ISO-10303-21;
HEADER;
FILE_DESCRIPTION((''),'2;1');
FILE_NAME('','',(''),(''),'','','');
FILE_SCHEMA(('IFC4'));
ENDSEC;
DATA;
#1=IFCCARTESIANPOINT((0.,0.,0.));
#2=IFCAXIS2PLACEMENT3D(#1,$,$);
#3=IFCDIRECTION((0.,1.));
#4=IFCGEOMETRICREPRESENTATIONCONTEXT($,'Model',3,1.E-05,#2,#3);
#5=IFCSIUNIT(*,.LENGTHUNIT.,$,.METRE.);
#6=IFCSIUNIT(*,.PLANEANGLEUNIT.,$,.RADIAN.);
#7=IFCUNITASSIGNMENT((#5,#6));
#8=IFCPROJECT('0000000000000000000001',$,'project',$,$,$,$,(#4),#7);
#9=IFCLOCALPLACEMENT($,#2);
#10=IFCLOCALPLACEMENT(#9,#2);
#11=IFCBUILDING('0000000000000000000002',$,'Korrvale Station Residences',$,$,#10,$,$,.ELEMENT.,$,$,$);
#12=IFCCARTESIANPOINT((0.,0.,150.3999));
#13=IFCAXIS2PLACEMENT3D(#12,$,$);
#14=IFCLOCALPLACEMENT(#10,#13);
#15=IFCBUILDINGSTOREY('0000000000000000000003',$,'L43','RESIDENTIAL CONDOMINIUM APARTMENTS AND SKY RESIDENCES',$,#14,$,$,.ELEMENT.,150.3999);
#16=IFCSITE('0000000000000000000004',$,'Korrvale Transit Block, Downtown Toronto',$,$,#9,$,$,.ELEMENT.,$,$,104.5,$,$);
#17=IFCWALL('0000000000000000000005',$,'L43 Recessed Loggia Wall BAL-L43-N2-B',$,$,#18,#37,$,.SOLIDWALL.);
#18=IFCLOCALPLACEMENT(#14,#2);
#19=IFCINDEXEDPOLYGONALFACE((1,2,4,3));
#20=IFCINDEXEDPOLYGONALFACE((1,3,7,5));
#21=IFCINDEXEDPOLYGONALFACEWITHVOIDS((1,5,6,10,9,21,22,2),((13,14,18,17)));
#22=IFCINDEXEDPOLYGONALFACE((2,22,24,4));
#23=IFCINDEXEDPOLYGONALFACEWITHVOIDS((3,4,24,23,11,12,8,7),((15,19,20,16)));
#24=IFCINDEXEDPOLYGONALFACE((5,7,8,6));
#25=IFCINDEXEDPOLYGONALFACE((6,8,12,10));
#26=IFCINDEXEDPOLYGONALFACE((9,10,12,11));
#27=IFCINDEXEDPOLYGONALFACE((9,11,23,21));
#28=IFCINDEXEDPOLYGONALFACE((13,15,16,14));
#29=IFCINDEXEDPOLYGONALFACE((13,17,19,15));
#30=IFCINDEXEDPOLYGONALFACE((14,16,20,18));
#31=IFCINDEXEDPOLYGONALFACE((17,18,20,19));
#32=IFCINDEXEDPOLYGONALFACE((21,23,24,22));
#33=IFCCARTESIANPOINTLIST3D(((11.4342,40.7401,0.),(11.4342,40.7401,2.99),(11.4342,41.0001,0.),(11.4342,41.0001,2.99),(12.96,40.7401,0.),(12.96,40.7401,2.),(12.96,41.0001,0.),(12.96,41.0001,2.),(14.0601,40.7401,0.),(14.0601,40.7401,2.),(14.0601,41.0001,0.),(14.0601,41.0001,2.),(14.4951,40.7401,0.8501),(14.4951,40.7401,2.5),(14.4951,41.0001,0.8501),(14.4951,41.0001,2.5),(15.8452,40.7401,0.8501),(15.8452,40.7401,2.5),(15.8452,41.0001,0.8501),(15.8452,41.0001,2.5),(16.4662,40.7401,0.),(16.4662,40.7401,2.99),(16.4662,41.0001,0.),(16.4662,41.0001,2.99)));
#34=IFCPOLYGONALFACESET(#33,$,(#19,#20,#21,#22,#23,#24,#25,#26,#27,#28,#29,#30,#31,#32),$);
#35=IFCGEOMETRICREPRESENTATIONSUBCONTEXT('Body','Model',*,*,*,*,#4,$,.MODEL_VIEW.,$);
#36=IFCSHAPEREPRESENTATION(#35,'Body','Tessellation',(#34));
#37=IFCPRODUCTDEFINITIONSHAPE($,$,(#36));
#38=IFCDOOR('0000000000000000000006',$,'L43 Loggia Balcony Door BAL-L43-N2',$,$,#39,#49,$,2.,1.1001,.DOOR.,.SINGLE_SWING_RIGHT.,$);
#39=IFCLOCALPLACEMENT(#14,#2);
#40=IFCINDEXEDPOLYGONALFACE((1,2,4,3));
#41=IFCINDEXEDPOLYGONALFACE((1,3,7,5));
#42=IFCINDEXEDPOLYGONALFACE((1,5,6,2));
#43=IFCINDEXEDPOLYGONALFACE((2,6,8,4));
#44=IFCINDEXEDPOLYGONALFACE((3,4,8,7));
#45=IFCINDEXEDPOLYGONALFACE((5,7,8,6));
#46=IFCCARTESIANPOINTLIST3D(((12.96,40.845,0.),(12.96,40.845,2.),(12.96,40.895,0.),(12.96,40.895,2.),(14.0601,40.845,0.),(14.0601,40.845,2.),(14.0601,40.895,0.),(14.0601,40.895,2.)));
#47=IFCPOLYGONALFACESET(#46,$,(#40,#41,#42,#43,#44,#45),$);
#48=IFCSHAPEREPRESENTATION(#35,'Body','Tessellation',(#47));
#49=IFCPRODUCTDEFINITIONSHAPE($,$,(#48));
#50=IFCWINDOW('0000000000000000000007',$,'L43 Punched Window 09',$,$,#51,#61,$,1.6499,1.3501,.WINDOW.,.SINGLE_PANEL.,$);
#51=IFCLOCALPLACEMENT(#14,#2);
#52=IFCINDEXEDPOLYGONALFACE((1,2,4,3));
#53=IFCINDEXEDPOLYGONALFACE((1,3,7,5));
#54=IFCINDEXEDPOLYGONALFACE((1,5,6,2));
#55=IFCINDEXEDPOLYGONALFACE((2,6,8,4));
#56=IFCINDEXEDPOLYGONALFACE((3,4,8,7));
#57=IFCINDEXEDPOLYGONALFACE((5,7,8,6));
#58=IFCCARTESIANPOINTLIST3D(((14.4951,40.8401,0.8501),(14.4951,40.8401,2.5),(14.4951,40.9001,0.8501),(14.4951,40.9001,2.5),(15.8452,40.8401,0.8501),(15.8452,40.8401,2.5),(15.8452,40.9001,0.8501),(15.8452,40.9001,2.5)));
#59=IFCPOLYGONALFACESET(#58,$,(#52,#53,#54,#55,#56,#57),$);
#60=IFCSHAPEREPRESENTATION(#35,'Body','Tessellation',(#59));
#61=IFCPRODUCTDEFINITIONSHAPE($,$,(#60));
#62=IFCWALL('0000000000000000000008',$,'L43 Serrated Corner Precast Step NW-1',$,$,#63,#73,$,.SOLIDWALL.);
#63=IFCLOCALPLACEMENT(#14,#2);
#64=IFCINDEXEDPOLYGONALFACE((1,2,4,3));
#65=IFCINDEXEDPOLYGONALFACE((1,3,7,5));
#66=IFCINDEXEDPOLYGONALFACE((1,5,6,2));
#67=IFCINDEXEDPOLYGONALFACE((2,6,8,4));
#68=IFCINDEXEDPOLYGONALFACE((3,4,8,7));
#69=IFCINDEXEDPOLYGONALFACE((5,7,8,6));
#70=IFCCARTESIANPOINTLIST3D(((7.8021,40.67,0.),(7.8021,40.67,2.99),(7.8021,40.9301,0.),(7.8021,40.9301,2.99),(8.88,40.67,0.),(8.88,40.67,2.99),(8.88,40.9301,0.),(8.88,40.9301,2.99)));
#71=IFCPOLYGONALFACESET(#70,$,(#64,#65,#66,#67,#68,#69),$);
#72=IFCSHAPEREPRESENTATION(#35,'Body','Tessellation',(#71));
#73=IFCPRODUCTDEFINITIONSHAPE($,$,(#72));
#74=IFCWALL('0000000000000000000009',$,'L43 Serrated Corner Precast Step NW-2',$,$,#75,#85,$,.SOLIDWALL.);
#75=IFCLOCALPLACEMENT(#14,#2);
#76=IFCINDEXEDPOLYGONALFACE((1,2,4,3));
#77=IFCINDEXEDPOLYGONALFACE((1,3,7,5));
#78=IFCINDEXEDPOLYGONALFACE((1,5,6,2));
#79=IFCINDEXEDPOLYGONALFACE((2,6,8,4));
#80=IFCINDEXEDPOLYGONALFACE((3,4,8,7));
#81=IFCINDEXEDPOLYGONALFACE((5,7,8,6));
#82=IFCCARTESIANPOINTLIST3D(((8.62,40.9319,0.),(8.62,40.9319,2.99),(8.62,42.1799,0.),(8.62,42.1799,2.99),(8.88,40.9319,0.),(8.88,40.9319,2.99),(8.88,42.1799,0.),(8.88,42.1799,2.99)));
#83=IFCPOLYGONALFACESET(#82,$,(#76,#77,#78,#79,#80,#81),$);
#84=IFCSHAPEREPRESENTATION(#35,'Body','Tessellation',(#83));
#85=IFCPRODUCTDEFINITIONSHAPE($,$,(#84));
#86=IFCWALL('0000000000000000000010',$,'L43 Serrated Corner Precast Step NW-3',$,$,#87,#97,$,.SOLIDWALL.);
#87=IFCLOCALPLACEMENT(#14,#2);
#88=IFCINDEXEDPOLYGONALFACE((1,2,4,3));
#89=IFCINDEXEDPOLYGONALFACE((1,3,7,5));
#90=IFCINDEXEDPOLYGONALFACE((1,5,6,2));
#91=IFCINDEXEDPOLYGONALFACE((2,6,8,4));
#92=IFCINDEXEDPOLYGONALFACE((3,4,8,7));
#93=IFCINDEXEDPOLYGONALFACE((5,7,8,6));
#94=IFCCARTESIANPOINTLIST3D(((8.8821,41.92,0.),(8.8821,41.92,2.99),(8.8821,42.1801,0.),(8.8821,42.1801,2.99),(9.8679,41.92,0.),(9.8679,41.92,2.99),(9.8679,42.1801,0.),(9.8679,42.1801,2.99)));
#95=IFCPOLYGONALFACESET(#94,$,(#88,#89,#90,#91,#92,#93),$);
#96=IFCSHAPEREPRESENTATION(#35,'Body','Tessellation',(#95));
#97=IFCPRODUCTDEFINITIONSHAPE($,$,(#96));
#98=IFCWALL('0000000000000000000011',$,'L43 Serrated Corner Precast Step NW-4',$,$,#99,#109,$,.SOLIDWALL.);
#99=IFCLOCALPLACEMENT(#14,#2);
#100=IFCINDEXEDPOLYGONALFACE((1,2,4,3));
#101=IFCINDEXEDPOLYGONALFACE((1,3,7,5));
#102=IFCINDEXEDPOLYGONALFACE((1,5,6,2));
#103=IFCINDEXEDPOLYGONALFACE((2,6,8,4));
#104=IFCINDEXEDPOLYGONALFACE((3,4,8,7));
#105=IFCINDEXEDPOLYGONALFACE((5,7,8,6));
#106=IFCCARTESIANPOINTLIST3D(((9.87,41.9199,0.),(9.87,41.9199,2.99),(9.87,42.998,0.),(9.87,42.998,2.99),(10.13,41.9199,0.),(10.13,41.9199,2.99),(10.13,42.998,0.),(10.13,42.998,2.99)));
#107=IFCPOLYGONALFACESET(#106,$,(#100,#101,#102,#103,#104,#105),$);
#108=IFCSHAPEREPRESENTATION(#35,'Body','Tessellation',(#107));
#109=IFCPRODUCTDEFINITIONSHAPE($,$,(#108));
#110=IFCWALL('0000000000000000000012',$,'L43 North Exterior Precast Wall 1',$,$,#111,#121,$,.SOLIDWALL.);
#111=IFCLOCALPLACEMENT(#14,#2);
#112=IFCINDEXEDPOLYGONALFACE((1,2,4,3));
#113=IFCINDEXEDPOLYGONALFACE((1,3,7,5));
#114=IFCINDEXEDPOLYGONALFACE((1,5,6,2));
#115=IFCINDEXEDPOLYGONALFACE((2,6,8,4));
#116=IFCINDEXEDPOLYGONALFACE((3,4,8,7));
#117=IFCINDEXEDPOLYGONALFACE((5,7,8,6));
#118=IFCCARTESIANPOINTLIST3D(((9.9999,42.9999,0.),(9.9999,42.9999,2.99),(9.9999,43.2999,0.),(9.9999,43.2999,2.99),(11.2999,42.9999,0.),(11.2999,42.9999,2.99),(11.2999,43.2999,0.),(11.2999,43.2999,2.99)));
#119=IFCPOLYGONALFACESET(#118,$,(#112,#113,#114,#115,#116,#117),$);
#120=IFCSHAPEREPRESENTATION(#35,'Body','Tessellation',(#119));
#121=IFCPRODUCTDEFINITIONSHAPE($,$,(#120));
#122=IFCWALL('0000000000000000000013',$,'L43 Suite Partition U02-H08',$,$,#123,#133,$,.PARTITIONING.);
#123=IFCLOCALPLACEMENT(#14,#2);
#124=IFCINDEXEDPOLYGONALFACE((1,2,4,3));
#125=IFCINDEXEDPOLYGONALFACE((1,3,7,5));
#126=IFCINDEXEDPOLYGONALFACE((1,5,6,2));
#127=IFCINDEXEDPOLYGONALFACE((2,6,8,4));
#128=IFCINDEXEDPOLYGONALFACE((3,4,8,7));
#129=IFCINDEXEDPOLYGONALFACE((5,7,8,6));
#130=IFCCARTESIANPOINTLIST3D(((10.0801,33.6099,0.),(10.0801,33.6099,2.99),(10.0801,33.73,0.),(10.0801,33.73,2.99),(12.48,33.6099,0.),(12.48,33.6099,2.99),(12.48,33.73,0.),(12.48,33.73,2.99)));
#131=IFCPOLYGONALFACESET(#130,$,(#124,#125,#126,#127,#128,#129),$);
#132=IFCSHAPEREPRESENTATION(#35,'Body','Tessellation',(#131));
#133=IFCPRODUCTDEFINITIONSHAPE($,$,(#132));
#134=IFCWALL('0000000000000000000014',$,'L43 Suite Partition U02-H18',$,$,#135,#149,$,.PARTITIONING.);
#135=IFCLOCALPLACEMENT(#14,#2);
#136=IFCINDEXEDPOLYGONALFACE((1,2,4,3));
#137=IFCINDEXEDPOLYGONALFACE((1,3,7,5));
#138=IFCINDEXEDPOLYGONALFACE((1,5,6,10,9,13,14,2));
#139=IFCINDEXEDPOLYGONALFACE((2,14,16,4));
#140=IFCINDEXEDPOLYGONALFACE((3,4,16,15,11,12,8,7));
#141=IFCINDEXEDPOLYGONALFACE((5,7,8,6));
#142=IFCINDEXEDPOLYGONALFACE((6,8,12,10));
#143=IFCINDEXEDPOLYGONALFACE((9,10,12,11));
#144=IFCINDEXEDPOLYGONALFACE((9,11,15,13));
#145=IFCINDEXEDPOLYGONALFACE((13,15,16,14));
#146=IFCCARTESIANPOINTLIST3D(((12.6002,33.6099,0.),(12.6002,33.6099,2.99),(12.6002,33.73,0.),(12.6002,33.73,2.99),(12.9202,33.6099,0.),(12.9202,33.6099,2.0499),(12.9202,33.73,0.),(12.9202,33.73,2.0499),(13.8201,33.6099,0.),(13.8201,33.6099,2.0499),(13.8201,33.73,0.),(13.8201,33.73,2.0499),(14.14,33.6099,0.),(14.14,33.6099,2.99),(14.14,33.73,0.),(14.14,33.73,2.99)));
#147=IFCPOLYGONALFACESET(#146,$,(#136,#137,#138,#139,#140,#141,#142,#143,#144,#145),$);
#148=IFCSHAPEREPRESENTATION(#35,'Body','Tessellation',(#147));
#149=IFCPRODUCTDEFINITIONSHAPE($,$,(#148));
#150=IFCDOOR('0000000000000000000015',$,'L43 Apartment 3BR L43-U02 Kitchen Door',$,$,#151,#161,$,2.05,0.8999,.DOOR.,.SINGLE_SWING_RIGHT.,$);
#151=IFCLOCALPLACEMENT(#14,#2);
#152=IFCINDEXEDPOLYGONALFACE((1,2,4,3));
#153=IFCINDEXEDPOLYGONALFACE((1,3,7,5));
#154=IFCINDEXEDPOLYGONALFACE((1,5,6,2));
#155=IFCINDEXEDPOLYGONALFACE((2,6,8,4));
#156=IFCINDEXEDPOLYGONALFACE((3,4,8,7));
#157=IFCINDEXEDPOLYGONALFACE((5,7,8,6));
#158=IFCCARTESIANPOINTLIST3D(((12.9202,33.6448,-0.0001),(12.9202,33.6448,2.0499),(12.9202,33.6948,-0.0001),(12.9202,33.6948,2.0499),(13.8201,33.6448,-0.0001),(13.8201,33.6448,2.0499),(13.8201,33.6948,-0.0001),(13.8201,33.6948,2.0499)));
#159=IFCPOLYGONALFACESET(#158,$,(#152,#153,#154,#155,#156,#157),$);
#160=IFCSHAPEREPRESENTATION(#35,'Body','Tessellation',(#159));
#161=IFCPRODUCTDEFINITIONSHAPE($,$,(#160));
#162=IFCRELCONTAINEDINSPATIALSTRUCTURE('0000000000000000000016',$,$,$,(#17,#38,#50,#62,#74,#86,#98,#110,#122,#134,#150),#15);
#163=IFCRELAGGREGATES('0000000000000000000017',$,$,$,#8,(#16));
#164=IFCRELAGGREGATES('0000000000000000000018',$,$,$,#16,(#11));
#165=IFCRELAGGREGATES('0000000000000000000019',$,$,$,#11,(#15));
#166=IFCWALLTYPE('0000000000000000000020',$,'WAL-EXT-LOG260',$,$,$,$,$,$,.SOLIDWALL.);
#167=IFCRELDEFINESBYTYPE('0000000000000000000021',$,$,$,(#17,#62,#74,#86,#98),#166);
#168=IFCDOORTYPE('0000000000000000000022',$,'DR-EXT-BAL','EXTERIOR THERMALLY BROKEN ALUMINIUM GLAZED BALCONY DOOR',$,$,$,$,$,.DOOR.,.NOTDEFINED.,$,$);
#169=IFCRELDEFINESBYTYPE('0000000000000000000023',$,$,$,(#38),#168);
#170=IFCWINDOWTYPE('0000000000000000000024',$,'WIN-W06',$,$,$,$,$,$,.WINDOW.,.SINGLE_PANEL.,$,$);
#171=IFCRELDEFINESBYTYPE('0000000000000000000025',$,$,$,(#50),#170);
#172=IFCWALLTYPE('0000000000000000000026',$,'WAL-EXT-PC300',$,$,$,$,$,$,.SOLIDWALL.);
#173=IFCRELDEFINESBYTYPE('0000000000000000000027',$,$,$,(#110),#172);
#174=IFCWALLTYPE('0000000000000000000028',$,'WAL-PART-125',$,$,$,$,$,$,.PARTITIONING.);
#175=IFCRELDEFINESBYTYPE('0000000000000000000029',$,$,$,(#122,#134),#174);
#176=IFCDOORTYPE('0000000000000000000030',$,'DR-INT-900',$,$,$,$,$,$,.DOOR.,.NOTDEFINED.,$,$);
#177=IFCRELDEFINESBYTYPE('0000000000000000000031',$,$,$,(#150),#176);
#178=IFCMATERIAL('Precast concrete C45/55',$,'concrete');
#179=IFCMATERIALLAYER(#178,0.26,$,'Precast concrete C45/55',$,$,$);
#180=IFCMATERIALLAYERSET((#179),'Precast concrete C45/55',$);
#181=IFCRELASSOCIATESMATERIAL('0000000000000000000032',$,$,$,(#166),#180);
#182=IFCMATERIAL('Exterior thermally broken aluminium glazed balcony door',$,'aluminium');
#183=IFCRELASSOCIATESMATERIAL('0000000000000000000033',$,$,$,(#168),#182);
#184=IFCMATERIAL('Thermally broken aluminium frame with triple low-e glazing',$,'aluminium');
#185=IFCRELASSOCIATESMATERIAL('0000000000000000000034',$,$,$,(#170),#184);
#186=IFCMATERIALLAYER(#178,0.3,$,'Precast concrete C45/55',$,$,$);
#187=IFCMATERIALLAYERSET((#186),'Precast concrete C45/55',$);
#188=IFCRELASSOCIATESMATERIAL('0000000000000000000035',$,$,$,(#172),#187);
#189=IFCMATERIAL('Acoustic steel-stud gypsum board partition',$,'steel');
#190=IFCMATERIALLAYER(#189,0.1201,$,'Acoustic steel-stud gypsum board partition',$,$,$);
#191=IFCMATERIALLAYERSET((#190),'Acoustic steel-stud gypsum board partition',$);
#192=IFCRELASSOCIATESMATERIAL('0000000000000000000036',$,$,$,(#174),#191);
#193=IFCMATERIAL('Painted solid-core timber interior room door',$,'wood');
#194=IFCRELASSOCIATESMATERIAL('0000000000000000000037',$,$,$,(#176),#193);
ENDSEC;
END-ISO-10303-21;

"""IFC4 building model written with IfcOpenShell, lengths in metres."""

from ifc_helpers import new_model, si_unit, direction, frame, frame_2d, origin, place, context, subcontext, project, spatial, rectangle, extrude, material, layer, layer_set, type_object, element, fill, save


model = new_model("IFC4")

# Units and contexts
model_context = context("Model", 3, precision=1e-05, world=origin(), true_north=direction((0.0, 1.0)))
body_context = subcontext(model_context, "Body", "Model", "MODEL_VIEW")
ifc_project = project(units=[si_unit("LENGTHUNIT", "METRE"), si_unit("PLANEANGLEUNIT", "RADIAN")], contexts=[model_context])

# Site, building, storey
site_placement = place(None, origin())
site = spatial("IfcSite", under=ifc_project, at=site_placement, Name="Korrvale Transit Block, Downtown Toronto", CompositionType="ELEMENT", RefElevation=104.5)
building_placement = place(site_placement, origin())
building = spatial("IfcBuilding", under=site, at=building_placement, Name="Korrvale Station Residences", CompositionType="ELEMENT")
storey_placement = place(building_placement, frame((0.0, 0.0, 150.3999)))
storey = spatial("IfcBuildingStorey", under=building, at=storey_placement, Name="L43", Description="RESIDENTIAL CONDOMINIUM APARTMENTS AND SKY RESIDENCES", CompositionType="ELEMENT", Elevation=150.3999)

# Shared definitions
ifc_material_1 = material(Name="Precast concrete C45/55", Category="concrete")
ifc_layer_1 = layer(ifc_material_1, 0.26, Name="Precast concrete C45/55")
ifc_layer_set_1 = layer_set([ifc_layer_1], Name="Precast concrete C45/55")
wall_type_1 = type_object("IfcWallType", Name="WAL-EXT-LOG260", PredefinedType="SOLIDWALL", material=ifc_layer_set_1)

# Wall, openings, door, window
wall_1_placement = place(storey_placement, frame((11.4341, 40.8701, 0.0), z_axis=(0.0, 0.0, 1.0), x_axis=(1.0, 0.0, 0.0)))
wall_1 = element("IfcWall", 1, at=wall_1_placement, inside=storey, type_object=wall_type_1, Name="L43 Recessed Loggia Wall BAL-L43-N2-B", PredefinedType="SOLIDWALL", context=body_context, shape_type="SweptSolid", body=[
    extrude(rectangle(XDim=5.032, YDim=0.26, at=frame_2d((2.5161, 0.0))), origin(), (0.0, 0.0, 1.0), 2.99),
])
opening_1_placement = place(wall_1_placement, frame((1.5259, 0.0, 0.0)))
opening_1 = element("IfcOpeningElement", 2, at=opening_1_placement, cuts=wall_1, PredefinedType="OPENING", context=body_context, shape_type="SweptSolid", body=[
    extrude(rectangle(XDim=1.1001, YDim=2.0, at=frame_2d((0.55, 1.0))), frame((0.0, 0.1401, 0.0), z_axis=(0.0, -1.0, 0.0), x_axis=(1.0, 0.0, 0.0)), (0.0, 0.0, 1.0), 0.28),
])
opening_2_placement = place(wall_1_placement, frame((3.061, 0.0, 0.8501)))
opening_2 = element("IfcOpeningElement", 3, at=opening_2_placement, cuts=wall_1, PredefinedType="OPENING", context=body_context, shape_type="SweptSolid", body=[
    extrude(rectangle(XDim=1.3501, YDim=1.6499, at=frame_2d((0.675, 0.825))), frame((0.0, 0.1401, 0.0), z_axis=(0.0, -1.0, 0.0), x_axis=(1.0, 0.0, 0.0)), (0.0, 0.0, 1.0), 0.28),
])
ifc_material_2 = material(Name="Exterior thermally broken aluminium glazed balcony door", Category="aluminium")
door_type_1 = type_object("IfcDoorType", Name="DR-EXT-BAL", Description="EXTERIOR THERMALLY BROKEN ALUMINIUM GLAZED BALCONY DOOR", OperationType="NOTDEFINED", PredefinedType="DOOR", material=ifc_material_2)
door_1_placement = place(opening_1_placement, origin())
door_1 = element("IfcDoor", 4, at=door_1_placement, inside=storey, type_object=door_type_1, Name="L43 Loggia Balcony Door BAL-L43-N2", OperationType="SINGLE_SWING_RIGHT", OverallHeight=2.0, OverallWidth=1.1001, PredefinedType="DOOR", context=body_context, shape_type="SweptSolid", body=[
    extrude(rectangle(XDim=1.1001, YDim=2.0, at=frame_2d((0.55, 1.0))), frame((0.0, 0.0249, 0.0), z_axis=(0.0, -1.0, 0.0), x_axis=(1.0, 0.0, 0.0)), (0.0, 0.0, 1.0), 0.05),
])
fill(opening_1, door_1)
ifc_material_3 = material(Name="Thermally broken aluminium frame with triple low-e glazing", Category="aluminium")
window_type = type_object("IfcWindowType", Name="WIN-W06", PartitioningType="SINGLE_PANEL", PredefinedType="WINDOW", material=ifc_material_3)
window_placement = place(opening_2_placement, origin())
window = element("IfcWindow", 5, at=window_placement, inside=storey, type_object=window_type, Name="L43 Punched Window 09", OverallHeight=1.6499, OverallWidth=1.3501, PartitioningType="SINGLE_PANEL", PredefinedType="WINDOW", context=body_context, shape_type="SweptSolid", body=[
    extrude(rectangle(XDim=1.3501, YDim=1.6499, at=frame_2d((0.675, 0.825))), frame((0.0, 0.03, 0.0), z_axis=(0.0, -1.0, 0.0), x_axis=(1.0, 0.0, 0.0)), (0.0, 0.0, 1.0), 0.0601),
])
fill(opening_2, window)

# Walls
wall_2_placement = place(storey_placement, frame((7.802, 40.8, 0.0), z_axis=(0.0, 0.0, 1.0), x_axis=(1.0, 0.0, 0.0)))
element("IfcWall", 6, at=wall_2_placement, inside=storey, type_object=wall_type_1, Name="L43 Serrated Corner Precast Step NW-1", PredefinedType="SOLIDWALL", context=body_context, shape_type="SweptSolid", body=[
    extrude(rectangle(XDim=1.0779, YDim=0.26, at=frame_2d((0.5391, 0.0))), origin(), (0.0, 0.0, 1.0), 2.99),
])
wall_3_placement = place(storey_placement, frame((8.75, 40.9319, 0.0), z_axis=(0.0, 0.0, 1.0), x_axis=(0.0, 1.0, 0.0)))
element("IfcWall", 7, at=wall_3_placement, inside=storey, type_object=wall_type_1, Name="L43 Serrated Corner Precast Step NW-2", PredefinedType="SOLIDWALL", context=body_context, shape_type="SweptSolid", body=[
    extrude(rectangle(XDim=1.248, YDim=0.26, at=frame_2d((0.624, 0.0))), origin(), (0.0, 0.0, 1.0), 2.99),
])
wall_4_placement = place(storey_placement, frame((8.8821, 42.05, 0.0), z_axis=(0.0, 0.0, 1.0), x_axis=(1.0, 0.0, 0.0)))
element("IfcWall", 8, at=wall_4_placement, inside=storey, type_object=wall_type_1, Name="L43 Serrated Corner Precast Step NW-3", PredefinedType="SOLIDWALL", context=body_context, shape_type="SweptSolid", body=[
    extrude(rectangle(XDim=0.9858, YDim=0.26, at=frame_2d((0.4929, 0.0))), origin(), (0.0, 0.0, 1.0), 2.99),
])
wall_5_placement = place(storey_placement, frame((10.0, 41.9199, 0.0), z_axis=(0.0, 0.0, 1.0), x_axis=(0.0, 1.0, 0.0)))
element("IfcWall", 9, at=wall_5_placement, inside=storey, type_object=wall_type_1, Name="L43 Serrated Corner Precast Step NW-4", PredefinedType="SOLIDWALL", context=body_context, shape_type="SweptSolid", body=[
    extrude(rectangle(XDim=1.0781, YDim=0.26, at=frame_2d((0.5391, 0.0))), origin(), (0.0, 0.0, 1.0), 2.99),
])
ifc_layer_2 = layer(ifc_material_1, 0.3, Name="Precast concrete C45/55")
ifc_layer_set_2 = layer_set([ifc_layer_2], Name="Precast concrete C45/55")
wall_type_2 = type_object("IfcWallType", Name="WAL-EXT-PC300", PredefinedType="SOLIDWALL", material=ifc_layer_set_2)
wall_6_placement = place(storey_placement, frame((10.0, 43.1499, 0.0), z_axis=(0.0, 0.0, 1.0), x_axis=(1.0, 0.0, 0.0)))
element("IfcWall", 10, at=wall_6_placement, inside=storey, type_object=wall_type_2, Name="L43 North Exterior Precast Wall 1", PredefinedType="SOLIDWALL", context=body_context, shape_type="SweptSolid", body=[
    extrude(rectangle(XDim=1.3, YDim=0.3, at=frame_2d((0.6499, 0.0))), origin(), (0.0, 0.0, 1.0), 2.99),
])
ifc_material_4 = material(Name="Acoustic steel-stud gypsum board partition", Category="steel")
ifc_layer_3 = layer(ifc_material_4, 0.1201, Name="Acoustic steel-stud gypsum board partition")
ifc_layer_set_3 = layer_set([ifc_layer_3], Name="Acoustic steel-stud gypsum board partition")
wall_type_3 = type_object("IfcWallType", Name="WAL-PART-125", PredefinedType="PARTITIONING", material=ifc_layer_set_3)
wall_7_placement = place(storey_placement, frame((10.0801, 33.6699, 0.0), z_axis=(0.0, 0.0, 1.0), x_axis=(1.0, 0.0, 0.0)))
element("IfcWall", 11, at=wall_7_placement, inside=storey, type_object=wall_type_3, Name="L43 Suite Partition U02-H08", PredefinedType="PARTITIONING", context=body_context, shape_type="SweptSolid", body=[
    extrude(rectangle(XDim=2.3999, YDim=0.1201, at=frame_2d((1.2, 0.0))), origin(), (0.0, 0.0, 1.0), 2.99),
])

# Wall, opening, door
wall_8_placement = place(storey_placement, frame((12.6001, 33.6699, 0.0), z_axis=(0.0, 0.0, 1.0), x_axis=(1.0, 0.0, 0.0)))
wall_8 = element("IfcWall", 12, at=wall_8_placement, inside=storey, type_object=wall_type_3, Name="L43 Suite Partition U02-H18", PredefinedType="PARTITIONING", context=body_context, shape_type="SweptSolid", body=[
    extrude(rectangle(XDim=1.5398, YDim=0.1201, at=frame_2d((0.77, 0.0))), origin(), (0.0, 0.0, 1.0), 2.99),
])
opening_3_placement = place(wall_8_placement, frame((0.3201, 0.0, 0.0)))
opening_3 = element("IfcOpeningElement", 13, at=opening_3_placement, cuts=wall_8, PredefinedType="OPENING", context=body_context, shape_type="SweptSolid", body=[
    extrude(rectangle(XDim=0.8999, YDim=2.05, at=frame_2d((0.45, 1.0249))), frame((0.0, 0.0701, 0.0), z_axis=(0.0, -1.0, 0.0), x_axis=(1.0, 0.0, 0.0)), (0.0, 0.0, 1.0), 0.1401),
])
ifc_material_5 = material(Name="Painted solid-core timber interior room door", Category="wood")
door_type_2 = type_object("IfcDoorType", Name="DR-INT-900", OperationType="NOTDEFINED", PredefinedType="DOOR", material=ifc_material_5)
door_2_placement = place(opening_3_placement, origin())
door_2 = element("IfcDoor", 14, at=door_2_placement, inside=storey, type_object=door_type_2, Name="L43 Apartment 3BR L43-U02 Kitchen Door", OperationType="SINGLE_SWING_RIGHT", OverallHeight=2.05, OverallWidth=0.8999, PredefinedType="DOOR", context=body_context, shape_type="SweptSolid", body=[
    extrude(rectangle(XDim=0.8999, YDim=2.05, at=frame_2d((0.45, 1.0249))), frame((0.0, 0.0249, 0.0), z_axis=(0.0, -1.0, 0.0), x_axis=(1.0, 0.0, 0.0)), (0.0, 0.0, 1.0), 0.05),
])
fill(opening_3, door_2)

save(model, "model.ifc")
